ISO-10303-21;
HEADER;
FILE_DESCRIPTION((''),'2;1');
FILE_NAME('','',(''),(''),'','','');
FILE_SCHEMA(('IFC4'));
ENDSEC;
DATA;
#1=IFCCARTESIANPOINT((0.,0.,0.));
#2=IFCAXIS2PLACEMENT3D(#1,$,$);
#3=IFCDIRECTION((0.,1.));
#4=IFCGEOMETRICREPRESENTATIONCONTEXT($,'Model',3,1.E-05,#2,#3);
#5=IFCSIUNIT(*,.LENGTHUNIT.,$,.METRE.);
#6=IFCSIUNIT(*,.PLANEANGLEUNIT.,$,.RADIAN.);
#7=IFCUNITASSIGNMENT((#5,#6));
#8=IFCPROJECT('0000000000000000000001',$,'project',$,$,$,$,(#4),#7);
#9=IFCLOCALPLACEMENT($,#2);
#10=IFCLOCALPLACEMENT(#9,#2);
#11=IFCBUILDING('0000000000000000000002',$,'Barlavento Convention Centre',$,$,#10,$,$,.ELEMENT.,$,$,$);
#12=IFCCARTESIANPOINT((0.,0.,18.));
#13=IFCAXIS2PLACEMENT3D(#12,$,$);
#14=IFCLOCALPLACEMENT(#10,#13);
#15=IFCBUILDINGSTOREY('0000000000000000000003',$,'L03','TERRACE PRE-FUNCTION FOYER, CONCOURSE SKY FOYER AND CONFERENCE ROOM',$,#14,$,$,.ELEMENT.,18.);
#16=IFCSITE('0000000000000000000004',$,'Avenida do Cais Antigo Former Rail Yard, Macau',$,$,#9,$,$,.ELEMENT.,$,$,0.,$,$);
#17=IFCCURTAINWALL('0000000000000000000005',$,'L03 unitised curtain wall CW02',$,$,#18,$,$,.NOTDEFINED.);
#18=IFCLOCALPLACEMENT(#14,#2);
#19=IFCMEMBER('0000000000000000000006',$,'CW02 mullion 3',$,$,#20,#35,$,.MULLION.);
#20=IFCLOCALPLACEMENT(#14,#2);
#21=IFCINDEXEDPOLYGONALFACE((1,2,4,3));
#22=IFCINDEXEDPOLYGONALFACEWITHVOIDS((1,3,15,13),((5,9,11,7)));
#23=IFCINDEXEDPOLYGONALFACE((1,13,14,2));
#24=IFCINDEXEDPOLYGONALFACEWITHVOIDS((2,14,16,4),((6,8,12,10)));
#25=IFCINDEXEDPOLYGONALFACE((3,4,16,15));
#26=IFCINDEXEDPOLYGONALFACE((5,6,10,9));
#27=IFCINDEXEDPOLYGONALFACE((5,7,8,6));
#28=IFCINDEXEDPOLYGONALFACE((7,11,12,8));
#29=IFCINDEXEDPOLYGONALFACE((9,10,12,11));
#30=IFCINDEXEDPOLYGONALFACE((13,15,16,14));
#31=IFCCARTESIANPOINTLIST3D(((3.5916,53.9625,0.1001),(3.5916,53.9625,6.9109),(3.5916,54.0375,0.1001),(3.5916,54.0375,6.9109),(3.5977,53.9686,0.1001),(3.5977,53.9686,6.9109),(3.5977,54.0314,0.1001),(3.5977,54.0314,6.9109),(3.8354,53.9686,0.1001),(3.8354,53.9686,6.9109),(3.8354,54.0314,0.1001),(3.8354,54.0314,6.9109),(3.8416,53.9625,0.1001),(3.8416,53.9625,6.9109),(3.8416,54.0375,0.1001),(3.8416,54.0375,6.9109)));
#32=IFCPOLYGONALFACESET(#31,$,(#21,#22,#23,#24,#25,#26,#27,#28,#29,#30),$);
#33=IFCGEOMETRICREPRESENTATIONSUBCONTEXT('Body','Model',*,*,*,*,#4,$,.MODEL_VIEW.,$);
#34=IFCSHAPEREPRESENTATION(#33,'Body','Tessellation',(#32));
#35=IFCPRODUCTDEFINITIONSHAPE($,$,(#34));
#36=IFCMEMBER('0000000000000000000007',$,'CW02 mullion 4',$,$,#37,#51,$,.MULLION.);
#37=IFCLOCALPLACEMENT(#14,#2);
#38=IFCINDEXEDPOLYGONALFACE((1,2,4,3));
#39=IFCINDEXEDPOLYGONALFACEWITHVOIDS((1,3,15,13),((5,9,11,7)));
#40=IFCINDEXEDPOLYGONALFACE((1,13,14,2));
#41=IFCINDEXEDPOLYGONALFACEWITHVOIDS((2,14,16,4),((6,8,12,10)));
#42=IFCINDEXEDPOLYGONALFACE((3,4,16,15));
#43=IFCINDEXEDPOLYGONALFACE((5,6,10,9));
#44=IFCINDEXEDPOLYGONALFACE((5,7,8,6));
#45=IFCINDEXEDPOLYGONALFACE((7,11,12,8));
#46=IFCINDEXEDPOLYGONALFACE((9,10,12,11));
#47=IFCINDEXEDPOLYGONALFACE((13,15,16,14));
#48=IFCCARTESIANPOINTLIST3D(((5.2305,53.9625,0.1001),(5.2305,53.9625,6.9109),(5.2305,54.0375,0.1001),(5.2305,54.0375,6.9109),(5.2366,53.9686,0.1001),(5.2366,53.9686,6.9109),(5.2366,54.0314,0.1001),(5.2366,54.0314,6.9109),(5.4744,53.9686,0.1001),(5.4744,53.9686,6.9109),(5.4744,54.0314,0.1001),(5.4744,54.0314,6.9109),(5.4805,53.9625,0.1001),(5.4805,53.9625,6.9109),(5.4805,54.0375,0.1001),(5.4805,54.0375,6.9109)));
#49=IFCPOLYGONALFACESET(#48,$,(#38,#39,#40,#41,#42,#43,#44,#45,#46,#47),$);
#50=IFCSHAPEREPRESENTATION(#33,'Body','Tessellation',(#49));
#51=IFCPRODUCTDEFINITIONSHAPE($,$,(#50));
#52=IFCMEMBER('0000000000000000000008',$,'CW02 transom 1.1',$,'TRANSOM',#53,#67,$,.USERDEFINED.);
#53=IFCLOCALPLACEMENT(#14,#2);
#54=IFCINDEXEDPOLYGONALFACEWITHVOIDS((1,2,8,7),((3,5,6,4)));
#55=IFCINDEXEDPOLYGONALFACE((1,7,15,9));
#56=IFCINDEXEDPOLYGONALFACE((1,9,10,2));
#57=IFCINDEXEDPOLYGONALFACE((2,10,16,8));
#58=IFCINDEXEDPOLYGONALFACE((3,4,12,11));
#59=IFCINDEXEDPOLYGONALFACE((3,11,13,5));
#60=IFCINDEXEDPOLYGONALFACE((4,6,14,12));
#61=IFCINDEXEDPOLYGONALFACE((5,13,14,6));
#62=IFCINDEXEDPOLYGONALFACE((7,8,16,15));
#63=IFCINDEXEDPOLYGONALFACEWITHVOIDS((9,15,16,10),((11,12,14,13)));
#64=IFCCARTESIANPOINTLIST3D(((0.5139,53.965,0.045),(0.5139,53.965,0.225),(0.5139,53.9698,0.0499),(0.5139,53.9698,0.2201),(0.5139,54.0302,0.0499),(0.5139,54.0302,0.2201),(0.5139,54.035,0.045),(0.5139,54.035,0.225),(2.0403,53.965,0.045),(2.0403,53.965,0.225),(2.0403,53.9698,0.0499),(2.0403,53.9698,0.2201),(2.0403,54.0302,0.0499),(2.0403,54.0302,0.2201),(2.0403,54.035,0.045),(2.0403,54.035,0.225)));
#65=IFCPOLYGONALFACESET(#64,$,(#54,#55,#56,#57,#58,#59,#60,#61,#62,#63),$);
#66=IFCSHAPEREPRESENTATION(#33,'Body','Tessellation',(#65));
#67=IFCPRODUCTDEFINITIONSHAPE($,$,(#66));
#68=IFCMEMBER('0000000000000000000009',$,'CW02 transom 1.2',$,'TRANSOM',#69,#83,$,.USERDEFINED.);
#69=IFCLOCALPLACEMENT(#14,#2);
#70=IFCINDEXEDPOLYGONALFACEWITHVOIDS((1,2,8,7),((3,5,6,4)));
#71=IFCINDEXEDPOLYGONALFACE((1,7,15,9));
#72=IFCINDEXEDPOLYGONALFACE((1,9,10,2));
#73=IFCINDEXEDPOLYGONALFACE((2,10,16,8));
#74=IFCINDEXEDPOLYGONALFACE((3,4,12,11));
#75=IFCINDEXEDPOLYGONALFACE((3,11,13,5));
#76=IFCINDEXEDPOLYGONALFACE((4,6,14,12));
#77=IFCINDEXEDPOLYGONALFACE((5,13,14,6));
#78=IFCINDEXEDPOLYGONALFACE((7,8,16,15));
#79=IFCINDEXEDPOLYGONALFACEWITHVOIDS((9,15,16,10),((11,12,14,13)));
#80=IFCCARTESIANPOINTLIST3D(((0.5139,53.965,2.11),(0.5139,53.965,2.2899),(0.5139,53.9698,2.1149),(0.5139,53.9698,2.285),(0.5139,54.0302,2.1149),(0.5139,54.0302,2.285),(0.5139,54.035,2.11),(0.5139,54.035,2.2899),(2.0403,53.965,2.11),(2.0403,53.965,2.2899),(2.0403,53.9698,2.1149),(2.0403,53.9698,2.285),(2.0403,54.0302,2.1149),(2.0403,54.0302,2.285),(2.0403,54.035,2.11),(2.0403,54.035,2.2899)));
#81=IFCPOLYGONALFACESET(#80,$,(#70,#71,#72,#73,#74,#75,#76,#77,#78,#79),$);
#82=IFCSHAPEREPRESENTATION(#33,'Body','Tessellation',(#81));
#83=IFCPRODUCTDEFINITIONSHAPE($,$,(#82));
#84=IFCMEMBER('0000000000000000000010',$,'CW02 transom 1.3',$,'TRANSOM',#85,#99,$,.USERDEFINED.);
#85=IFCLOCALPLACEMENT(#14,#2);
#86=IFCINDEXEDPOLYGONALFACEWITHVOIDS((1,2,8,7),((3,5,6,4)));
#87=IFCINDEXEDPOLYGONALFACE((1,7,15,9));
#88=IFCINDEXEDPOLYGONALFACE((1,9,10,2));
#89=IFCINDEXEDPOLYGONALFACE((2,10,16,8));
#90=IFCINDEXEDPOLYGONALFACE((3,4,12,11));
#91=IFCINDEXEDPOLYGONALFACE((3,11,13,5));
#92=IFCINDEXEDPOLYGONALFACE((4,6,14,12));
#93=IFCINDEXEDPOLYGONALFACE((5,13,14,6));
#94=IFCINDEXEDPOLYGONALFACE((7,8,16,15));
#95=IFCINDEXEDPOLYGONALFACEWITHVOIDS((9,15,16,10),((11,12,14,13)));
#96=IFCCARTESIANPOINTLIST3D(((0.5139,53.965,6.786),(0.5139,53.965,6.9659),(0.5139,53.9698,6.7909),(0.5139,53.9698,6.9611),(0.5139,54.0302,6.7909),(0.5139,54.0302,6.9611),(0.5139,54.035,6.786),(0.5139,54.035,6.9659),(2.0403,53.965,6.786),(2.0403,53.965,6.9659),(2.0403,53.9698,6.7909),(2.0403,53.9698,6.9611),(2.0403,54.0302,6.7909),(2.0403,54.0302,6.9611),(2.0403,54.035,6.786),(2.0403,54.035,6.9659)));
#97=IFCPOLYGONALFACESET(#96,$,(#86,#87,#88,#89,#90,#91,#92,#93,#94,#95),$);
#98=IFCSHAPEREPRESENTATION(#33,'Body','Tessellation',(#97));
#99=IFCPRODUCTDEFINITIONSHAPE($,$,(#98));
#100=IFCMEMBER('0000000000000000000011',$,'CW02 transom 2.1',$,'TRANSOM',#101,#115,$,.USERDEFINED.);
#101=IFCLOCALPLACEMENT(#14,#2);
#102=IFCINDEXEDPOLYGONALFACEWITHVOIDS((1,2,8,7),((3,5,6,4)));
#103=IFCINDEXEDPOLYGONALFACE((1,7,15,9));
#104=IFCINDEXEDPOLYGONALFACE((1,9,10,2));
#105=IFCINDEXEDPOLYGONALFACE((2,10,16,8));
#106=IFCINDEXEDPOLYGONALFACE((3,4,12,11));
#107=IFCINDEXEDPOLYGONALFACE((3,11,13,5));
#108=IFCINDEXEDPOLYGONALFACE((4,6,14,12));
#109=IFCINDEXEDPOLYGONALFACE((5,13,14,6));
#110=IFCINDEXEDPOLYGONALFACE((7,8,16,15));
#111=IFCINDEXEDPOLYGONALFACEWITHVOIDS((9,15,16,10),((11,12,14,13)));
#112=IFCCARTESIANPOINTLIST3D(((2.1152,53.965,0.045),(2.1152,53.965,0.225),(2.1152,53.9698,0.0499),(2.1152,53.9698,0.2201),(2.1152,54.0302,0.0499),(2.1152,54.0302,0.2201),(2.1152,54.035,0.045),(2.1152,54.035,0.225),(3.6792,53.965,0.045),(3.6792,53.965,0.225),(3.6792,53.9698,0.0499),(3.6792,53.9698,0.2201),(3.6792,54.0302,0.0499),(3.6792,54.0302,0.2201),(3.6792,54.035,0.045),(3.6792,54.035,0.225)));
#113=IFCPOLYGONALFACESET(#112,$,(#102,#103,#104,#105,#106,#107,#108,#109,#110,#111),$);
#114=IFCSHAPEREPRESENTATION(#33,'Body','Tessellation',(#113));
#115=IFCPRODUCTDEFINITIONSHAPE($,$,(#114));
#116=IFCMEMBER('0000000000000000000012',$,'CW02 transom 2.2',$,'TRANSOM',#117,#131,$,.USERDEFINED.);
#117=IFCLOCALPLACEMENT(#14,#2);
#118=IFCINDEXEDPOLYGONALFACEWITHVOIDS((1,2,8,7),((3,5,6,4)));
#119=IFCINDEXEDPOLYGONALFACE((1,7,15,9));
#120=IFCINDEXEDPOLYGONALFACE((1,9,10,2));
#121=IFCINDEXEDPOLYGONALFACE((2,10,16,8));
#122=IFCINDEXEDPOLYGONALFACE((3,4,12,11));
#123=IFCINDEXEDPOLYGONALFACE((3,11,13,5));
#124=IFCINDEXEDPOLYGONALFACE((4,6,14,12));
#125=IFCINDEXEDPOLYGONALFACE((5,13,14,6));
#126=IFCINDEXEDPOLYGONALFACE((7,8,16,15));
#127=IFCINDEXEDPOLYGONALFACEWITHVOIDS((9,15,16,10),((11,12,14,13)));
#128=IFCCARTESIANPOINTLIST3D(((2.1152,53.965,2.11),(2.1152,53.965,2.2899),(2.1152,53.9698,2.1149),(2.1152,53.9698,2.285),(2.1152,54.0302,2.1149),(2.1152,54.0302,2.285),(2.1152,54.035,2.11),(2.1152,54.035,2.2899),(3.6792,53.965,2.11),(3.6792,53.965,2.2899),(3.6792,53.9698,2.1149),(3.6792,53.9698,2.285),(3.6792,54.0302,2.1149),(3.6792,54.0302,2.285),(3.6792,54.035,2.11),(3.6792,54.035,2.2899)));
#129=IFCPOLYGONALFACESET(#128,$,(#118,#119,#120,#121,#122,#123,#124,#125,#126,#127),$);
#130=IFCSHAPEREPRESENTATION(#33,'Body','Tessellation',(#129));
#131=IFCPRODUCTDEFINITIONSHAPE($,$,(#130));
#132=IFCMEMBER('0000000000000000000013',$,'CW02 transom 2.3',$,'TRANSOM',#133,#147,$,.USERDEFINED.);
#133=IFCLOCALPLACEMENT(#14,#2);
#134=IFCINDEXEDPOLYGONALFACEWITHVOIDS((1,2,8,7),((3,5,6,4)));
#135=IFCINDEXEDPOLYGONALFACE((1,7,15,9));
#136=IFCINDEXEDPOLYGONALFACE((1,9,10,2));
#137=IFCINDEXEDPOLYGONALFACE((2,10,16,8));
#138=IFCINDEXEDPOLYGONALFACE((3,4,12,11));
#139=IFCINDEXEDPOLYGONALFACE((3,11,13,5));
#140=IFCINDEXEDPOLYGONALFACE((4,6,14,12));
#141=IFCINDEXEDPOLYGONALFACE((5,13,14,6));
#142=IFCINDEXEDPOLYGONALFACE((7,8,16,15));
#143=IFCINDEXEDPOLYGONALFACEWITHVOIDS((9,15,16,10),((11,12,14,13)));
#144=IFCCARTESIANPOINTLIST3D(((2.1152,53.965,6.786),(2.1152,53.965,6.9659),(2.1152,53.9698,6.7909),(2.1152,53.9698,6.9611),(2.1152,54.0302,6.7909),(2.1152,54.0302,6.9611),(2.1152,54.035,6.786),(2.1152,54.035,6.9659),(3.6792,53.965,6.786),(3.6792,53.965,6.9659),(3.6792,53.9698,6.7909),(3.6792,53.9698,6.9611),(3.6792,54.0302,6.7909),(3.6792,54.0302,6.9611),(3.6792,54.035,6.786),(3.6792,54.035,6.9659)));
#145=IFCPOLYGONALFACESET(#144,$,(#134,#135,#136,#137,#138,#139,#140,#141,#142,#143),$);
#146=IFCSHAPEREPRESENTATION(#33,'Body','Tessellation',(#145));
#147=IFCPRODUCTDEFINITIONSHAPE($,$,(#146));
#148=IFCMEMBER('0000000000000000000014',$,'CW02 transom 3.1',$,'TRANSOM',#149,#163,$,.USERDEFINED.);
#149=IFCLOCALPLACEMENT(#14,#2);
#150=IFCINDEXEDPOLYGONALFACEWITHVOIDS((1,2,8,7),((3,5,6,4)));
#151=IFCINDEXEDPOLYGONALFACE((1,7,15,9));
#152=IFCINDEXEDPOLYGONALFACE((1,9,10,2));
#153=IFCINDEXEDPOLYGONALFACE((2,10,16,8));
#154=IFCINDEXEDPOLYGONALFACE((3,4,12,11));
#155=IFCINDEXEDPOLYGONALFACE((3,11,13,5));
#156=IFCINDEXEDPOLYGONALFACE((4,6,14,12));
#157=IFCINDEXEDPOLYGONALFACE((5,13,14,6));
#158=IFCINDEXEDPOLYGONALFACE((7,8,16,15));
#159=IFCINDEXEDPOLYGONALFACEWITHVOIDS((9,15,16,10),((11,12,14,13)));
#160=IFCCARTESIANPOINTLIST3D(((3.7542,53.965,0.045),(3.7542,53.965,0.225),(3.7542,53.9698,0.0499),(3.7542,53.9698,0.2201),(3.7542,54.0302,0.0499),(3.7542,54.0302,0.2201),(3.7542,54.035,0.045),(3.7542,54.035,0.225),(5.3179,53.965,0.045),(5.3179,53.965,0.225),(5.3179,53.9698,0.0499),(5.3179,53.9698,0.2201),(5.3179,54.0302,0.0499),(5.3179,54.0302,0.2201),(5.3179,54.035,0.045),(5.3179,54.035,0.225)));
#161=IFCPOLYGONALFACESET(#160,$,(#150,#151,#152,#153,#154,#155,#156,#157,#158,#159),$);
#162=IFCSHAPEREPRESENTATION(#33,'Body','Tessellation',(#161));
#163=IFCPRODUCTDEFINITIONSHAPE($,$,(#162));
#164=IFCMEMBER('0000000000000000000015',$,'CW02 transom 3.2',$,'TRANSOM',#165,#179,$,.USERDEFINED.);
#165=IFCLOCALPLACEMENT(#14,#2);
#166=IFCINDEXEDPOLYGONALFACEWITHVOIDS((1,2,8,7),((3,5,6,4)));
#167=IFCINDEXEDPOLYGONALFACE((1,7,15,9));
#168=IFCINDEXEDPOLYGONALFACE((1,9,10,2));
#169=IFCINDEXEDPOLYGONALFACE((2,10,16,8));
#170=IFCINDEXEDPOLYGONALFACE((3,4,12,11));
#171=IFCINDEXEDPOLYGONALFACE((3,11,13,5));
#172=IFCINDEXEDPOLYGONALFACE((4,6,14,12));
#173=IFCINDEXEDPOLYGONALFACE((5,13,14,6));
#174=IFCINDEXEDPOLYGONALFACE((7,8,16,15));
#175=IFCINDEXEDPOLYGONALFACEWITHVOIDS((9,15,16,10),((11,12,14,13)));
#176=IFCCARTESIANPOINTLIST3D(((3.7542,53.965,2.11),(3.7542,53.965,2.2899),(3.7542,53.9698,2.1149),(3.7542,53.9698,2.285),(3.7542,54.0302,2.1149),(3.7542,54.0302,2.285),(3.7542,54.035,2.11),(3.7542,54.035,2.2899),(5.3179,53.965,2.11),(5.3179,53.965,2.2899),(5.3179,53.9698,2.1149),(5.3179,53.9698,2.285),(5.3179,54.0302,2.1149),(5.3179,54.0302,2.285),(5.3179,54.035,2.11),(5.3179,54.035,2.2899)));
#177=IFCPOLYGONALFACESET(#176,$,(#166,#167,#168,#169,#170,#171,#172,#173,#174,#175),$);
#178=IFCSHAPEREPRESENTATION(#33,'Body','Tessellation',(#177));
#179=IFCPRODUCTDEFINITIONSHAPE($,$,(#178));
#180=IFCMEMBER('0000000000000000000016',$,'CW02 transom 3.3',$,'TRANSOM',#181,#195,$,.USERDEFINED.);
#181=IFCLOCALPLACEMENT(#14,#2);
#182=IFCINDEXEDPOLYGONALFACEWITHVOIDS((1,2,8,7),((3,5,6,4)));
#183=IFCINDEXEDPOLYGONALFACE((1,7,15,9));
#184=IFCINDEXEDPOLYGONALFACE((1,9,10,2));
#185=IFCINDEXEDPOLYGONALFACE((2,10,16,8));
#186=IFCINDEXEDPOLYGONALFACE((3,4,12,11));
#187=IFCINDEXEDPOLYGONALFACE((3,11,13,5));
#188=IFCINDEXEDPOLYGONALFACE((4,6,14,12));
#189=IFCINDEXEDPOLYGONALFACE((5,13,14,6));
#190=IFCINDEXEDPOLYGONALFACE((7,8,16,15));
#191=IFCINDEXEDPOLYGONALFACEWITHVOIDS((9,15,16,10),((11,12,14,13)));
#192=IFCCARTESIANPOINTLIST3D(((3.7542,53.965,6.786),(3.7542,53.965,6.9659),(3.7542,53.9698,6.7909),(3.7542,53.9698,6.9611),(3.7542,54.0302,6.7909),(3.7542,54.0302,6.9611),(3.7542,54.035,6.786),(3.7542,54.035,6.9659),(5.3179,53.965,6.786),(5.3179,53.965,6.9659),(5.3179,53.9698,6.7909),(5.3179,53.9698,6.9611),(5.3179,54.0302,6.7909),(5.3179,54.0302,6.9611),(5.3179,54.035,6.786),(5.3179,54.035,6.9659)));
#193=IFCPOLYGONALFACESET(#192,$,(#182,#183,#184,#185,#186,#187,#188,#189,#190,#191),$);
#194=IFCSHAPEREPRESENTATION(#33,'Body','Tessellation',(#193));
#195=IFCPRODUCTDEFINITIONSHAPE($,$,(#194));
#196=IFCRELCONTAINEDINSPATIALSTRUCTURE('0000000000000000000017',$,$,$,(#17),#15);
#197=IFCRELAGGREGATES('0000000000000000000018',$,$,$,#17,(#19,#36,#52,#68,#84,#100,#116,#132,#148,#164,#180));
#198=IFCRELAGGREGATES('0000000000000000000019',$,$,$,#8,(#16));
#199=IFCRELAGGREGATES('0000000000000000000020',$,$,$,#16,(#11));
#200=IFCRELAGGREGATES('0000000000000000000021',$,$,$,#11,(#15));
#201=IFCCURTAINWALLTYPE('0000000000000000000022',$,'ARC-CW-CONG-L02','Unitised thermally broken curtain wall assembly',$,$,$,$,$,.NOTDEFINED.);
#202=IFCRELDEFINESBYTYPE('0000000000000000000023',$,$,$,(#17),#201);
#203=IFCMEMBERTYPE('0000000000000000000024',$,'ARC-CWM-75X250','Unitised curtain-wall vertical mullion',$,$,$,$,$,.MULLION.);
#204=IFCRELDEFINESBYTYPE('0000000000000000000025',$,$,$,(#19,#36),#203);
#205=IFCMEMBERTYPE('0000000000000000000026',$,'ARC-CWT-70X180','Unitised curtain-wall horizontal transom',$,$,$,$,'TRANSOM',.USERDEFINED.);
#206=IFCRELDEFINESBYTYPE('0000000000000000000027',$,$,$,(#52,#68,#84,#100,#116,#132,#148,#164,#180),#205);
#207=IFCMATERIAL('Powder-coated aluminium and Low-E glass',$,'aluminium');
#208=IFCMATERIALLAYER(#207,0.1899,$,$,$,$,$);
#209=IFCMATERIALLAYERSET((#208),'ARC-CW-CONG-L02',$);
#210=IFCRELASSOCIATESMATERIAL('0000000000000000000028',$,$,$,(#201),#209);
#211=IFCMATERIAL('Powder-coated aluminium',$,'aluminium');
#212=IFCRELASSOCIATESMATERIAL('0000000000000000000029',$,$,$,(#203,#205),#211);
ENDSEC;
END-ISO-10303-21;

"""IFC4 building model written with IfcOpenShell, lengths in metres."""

from ifc_helpers import new_model, si_unit, direction, frame, origin, origin_2d, place, context, subcontext, project, spatial, hollow_rectangle, extrude, material, layer, layer_set, material_profile, profile_set, type_object, element, aggregate, save


model = new_model("IFC4")

# Units and contexts
model_context = context("Model", 3, precision=1e-05, world=origin(), true_north=direction((0.0, 1.0)))
body_context = subcontext(model_context, "Body", "Model", "MODEL_VIEW")
ifc_project = project(units=[si_unit("LENGTHUNIT", "METRE"), si_unit("PLANEANGLEUNIT", "RADIAN")], contexts=[model_context])

# Site, building, storey
site_placement = place(None, origin())
site = spatial("IfcSite", under=ifc_project, at=site_placement, Name="Avenida do Cais Antigo Former Rail Yard, Macau", CompositionType="ELEMENT", RefElevation=0.0)
building_placement = place(site_placement, origin())
building = spatial("IfcBuilding", under=site, at=building_placement, Name="Barlavento Convention Centre", CompositionType="ELEMENT")
storey_placement = place(building_placement, frame((0.0, 0.0, 18.0)))
storey = spatial("IfcBuildingStorey", under=building, at=storey_placement, Name="L03", Description="TERRACE PRE-FUNCTION FOYER, CONCOURSE SKY FOYER AND CONFERENCE ROOM", CompositionType="ELEMENT", Elevation=18.0)

# Curtain wall, members
ifc_material_1 = material(Name="Powder-coated aluminium and Low-E glass", Category="aluminium")
ifc_layer_1 = layer(ifc_material_1, 0.1899)
ifc_layer_set_1 = layer_set([ifc_layer_1], Name="ARC-CW-CONG-L02")
curtain_wall_type = type_object("IfcCurtainWallType", Name="ARC-CW-CONG-L02", Description="Unitised thermally broken curtain wall assembly", PredefinedType="NOTDEFINED", material=ifc_layer_set_1)
curtain_wall_placement = place(storey_placement, origin())
curtain_wall = element("IfcCurtainWall", 1, at=curtain_wall_placement, inside=storey, type_object=curtain_wall_type, Name="L03 unitised curtain wall CW02", PredefinedType="NOTDEFINED")
ifc_material_2 = material(Name="Powder-coated aluminium", Category="aluminium")
ifc_material_profile_1 = material_profile(ifc_material_2, hollow_rectangle(XDim=0.075, YDim=0.25, WallThickness=0.0061, at=origin_2d()), Name="AL-MULL 75x250x6")
ifc_profile_set_1 = profile_set([ifc_material_profile_1], Name="Powder-coated aluminium")
member_type_1 = type_object("IfcMemberType", Name="ARC-CWM-75X250", Description="Unitised curtain-wall vertical mullion", PredefinedType="MULLION", material=ifc_profile_set_1)
member_1_placement = place(storey_placement, frame((3.7166, 54.0, 0.1001), z_axis=(0.0, 0.0, 1.0), x_axis=(0.0, 1.0, 0.0)))
member_1 = element("IfcMember", 2, at=member_1_placement, type_object=member_type_1, Name="CW02 mullion 3", PredefinedType="MULLION", context=body_context, shape_type="SweptSolid", body=[
    extrude(hollow_rectangle(XDim=0.075, YDim=0.25, WallThickness=0.0061, at=origin_2d()), origin(), (0.0, 0.0, 1.0), 6.8108),
])
member_2_placement = place(storey_placement, frame((5.3555, 54.0, 0.1001), z_axis=(0.0, 0.0, 1.0), x_axis=(0.0, 1.0, 0.0)))
member_2 = element("IfcMember", 3, at=member_2_placement, type_object=member_type_1, Name="CW02 mullion 4", PredefinedType="MULLION", context=body_context, shape_type="SweptSolid", body=[
    extrude(hollow_rectangle(XDim=0.075, YDim=0.25, WallThickness=0.0061, at=origin_2d()), origin(), (0.0, 0.0, 1.0), 6.8108),
])
ifc_material_profile_2 = material_profile(ifc_material_2, hollow_rectangle(XDim=0.0701, YDim=0.1799, WallThickness=0.0049, at=origin_2d()), Name="AL-TRAN 70x180x5")
ifc_profile_set_2 = profile_set([ifc_material_profile_2], Name="Powder-coated aluminium")
member_type_2 = type_object("IfcMemberType", Name="ARC-CWT-70X180", Description="Unitised curtain-wall horizontal transom", ElementType="TRANSOM", PredefinedType="USERDEFINED", material=ifc_profile_set_2)
member_3_placement = place(storey_placement, frame((0.5139, 54.0, 0.135), z_axis=(1.0, 0.0, 0.0), x_axis=(0.0, 1.0, 0.0)))
member_3 = element("IfcMember", 4, at=member_3_placement, type_object=member_type_2, Name="CW02 transom 1.1", ObjectType="TRANSOM", PredefinedType="USERDEFINED", context=body_context, shape_type="SweptSolid", body=[
    extrude(hollow_rectangle(XDim=0.0701, YDim=0.1799, WallThickness=0.0049, at=origin_2d()), origin(), (0.0, 0.0, 1.0), 1.5264),
])
member_4_placement = place(storey_placement, frame((0.5139, 54.0, 2.2), z_axis=(1.0, 0.0, 0.0), x_axis=(0.0, 1.0, 0.0)))
member_4 = element("IfcMember", 5, at=member_4_placement, type_object=member_type_2, Name="CW02 transom 1.2", ObjectType="TRANSOM", PredefinedType="USERDEFINED", context=body_context, shape_type="SweptSolid", body=[
    extrude(hollow_rectangle(XDim=0.0701, YDim=0.1799, WallThickness=0.0049, at=origin_2d()), origin(), (0.0, 0.0, 1.0), 1.5264),
])
member_5_placement = place(storey_placement, frame((0.5139, 54.0, 6.876), z_axis=(1.0, 0.0, 0.0), x_axis=(0.0, 1.0, 0.0)))
member_5 = element("IfcMember", 6, at=member_5_placement, type_object=member_type_2, Name="CW02 transom 1.3", ObjectType="TRANSOM", PredefinedType="USERDEFINED", context=body_context, shape_type="SweptSolid", body=[
    extrude(hollow_rectangle(XDim=0.0701, YDim=0.1799, WallThickness=0.0049, at=origin_2d()), origin(), (0.0, 0.0, 1.0), 1.5264),
])
member_6_placement = place(storey_placement, frame((2.1152, 54.0, 0.135), z_axis=(1.0, 0.0, 0.0), x_axis=(0.0, 1.0, 0.0)))
member_6 = element("IfcMember", 7, at=member_6_placement, type_object=member_type_2, Name="CW02 transom 2.1", ObjectType="TRANSOM", PredefinedType="USERDEFINED", context=body_context, shape_type="SweptSolid", body=[
    extrude(hollow_rectangle(XDim=0.0701, YDim=0.1799, WallThickness=0.0049, at=origin_2d()), origin(), (0.0, 0.0, 1.0), 1.564),
])
member_7_placement = place(storey_placement, frame((2.1152, 54.0, 2.2), z_axis=(1.0, 0.0, 0.0), x_axis=(0.0, 1.0, 0.0)))
member_7 = element("IfcMember", 8, at=member_7_placement, type_object=member_type_2, Name="CW02 transom 2.2", ObjectType="TRANSOM", PredefinedType="USERDEFINED", context=body_context, shape_type="SweptSolid", body=[
    extrude(hollow_rectangle(XDim=0.0701, YDim=0.1799, WallThickness=0.0049, at=origin_2d()), origin(), (0.0, 0.0, 1.0), 1.564),
])
member_8_placement = place(storey_placement, frame((2.1152, 54.0, 6.876), z_axis=(1.0, 0.0, 0.0), x_axis=(0.0, 1.0, 0.0)))
member_8 = element("IfcMember", 9, at=member_8_placement, type_object=member_type_2, Name="CW02 transom 2.3", ObjectType="TRANSOM", PredefinedType="USERDEFINED", context=body_context, shape_type="SweptSolid", body=[
    extrude(hollow_rectangle(XDim=0.0701, YDim=0.1799, WallThickness=0.0049, at=origin_2d()), origin(), (0.0, 0.0, 1.0), 1.564),
])
member_9_placement = place(storey_placement, frame((3.7542, 54.0, 0.135), z_axis=(1.0, 0.0, 0.0), x_axis=(0.0, 1.0, 0.0)))
member_9 = element("IfcMember", 10, at=member_9_placement, type_object=member_type_2, Name="CW02 transom 3.1", ObjectType="TRANSOM", PredefinedType="USERDEFINED", context=body_context, shape_type="SweptSolid", body=[
    extrude(hollow_rectangle(XDim=0.0701, YDim=0.1799, WallThickness=0.0049, at=origin_2d()), origin(), (0.0, 0.0, 1.0), 1.5637),
])
member_10_placement = place(storey_placement, frame((3.7542, 54.0, 2.2), z_axis=(1.0, 0.0, 0.0), x_axis=(0.0, 1.0, 0.0)))
member_10 = element("IfcMember", 11, at=member_10_placement, type_object=member_type_2, Name="CW02 transom 3.2", ObjectType="TRANSOM", PredefinedType="USERDEFINED", context=body_context, shape_type="SweptSolid", body=[
    extrude(hollow_rectangle(XDim=0.0701, YDim=0.1799, WallThickness=0.0049, at=origin_2d()), origin(), (0.0, 0.0, 1.0), 1.5637),
])
member_11_placement = place(storey_placement, frame((3.7542, 54.0, 6.876), z_axis=(1.0, 0.0, 0.0), x_axis=(0.0, 1.0, 0.0)))
member_11 = element("IfcMember", 12, at=member_11_placement, type_object=member_type_2, Name="CW02 transom 3.3", ObjectType="TRANSOM", PredefinedType="USERDEFINED", context=body_context, shape_type="SweptSolid", body=[
    extrude(hollow_rectangle(XDim=0.0701, YDim=0.1799, WallThickness=0.0049, at=origin_2d()), origin(), (0.0, 0.0, 1.0), 1.5637),
])

aggregate(curtain_wall, [member_1, member_2, member_3, member_4, member_5, member_6, member_7, member_8, member_9, member_10, member_11])

save(model, "model.ifc")
